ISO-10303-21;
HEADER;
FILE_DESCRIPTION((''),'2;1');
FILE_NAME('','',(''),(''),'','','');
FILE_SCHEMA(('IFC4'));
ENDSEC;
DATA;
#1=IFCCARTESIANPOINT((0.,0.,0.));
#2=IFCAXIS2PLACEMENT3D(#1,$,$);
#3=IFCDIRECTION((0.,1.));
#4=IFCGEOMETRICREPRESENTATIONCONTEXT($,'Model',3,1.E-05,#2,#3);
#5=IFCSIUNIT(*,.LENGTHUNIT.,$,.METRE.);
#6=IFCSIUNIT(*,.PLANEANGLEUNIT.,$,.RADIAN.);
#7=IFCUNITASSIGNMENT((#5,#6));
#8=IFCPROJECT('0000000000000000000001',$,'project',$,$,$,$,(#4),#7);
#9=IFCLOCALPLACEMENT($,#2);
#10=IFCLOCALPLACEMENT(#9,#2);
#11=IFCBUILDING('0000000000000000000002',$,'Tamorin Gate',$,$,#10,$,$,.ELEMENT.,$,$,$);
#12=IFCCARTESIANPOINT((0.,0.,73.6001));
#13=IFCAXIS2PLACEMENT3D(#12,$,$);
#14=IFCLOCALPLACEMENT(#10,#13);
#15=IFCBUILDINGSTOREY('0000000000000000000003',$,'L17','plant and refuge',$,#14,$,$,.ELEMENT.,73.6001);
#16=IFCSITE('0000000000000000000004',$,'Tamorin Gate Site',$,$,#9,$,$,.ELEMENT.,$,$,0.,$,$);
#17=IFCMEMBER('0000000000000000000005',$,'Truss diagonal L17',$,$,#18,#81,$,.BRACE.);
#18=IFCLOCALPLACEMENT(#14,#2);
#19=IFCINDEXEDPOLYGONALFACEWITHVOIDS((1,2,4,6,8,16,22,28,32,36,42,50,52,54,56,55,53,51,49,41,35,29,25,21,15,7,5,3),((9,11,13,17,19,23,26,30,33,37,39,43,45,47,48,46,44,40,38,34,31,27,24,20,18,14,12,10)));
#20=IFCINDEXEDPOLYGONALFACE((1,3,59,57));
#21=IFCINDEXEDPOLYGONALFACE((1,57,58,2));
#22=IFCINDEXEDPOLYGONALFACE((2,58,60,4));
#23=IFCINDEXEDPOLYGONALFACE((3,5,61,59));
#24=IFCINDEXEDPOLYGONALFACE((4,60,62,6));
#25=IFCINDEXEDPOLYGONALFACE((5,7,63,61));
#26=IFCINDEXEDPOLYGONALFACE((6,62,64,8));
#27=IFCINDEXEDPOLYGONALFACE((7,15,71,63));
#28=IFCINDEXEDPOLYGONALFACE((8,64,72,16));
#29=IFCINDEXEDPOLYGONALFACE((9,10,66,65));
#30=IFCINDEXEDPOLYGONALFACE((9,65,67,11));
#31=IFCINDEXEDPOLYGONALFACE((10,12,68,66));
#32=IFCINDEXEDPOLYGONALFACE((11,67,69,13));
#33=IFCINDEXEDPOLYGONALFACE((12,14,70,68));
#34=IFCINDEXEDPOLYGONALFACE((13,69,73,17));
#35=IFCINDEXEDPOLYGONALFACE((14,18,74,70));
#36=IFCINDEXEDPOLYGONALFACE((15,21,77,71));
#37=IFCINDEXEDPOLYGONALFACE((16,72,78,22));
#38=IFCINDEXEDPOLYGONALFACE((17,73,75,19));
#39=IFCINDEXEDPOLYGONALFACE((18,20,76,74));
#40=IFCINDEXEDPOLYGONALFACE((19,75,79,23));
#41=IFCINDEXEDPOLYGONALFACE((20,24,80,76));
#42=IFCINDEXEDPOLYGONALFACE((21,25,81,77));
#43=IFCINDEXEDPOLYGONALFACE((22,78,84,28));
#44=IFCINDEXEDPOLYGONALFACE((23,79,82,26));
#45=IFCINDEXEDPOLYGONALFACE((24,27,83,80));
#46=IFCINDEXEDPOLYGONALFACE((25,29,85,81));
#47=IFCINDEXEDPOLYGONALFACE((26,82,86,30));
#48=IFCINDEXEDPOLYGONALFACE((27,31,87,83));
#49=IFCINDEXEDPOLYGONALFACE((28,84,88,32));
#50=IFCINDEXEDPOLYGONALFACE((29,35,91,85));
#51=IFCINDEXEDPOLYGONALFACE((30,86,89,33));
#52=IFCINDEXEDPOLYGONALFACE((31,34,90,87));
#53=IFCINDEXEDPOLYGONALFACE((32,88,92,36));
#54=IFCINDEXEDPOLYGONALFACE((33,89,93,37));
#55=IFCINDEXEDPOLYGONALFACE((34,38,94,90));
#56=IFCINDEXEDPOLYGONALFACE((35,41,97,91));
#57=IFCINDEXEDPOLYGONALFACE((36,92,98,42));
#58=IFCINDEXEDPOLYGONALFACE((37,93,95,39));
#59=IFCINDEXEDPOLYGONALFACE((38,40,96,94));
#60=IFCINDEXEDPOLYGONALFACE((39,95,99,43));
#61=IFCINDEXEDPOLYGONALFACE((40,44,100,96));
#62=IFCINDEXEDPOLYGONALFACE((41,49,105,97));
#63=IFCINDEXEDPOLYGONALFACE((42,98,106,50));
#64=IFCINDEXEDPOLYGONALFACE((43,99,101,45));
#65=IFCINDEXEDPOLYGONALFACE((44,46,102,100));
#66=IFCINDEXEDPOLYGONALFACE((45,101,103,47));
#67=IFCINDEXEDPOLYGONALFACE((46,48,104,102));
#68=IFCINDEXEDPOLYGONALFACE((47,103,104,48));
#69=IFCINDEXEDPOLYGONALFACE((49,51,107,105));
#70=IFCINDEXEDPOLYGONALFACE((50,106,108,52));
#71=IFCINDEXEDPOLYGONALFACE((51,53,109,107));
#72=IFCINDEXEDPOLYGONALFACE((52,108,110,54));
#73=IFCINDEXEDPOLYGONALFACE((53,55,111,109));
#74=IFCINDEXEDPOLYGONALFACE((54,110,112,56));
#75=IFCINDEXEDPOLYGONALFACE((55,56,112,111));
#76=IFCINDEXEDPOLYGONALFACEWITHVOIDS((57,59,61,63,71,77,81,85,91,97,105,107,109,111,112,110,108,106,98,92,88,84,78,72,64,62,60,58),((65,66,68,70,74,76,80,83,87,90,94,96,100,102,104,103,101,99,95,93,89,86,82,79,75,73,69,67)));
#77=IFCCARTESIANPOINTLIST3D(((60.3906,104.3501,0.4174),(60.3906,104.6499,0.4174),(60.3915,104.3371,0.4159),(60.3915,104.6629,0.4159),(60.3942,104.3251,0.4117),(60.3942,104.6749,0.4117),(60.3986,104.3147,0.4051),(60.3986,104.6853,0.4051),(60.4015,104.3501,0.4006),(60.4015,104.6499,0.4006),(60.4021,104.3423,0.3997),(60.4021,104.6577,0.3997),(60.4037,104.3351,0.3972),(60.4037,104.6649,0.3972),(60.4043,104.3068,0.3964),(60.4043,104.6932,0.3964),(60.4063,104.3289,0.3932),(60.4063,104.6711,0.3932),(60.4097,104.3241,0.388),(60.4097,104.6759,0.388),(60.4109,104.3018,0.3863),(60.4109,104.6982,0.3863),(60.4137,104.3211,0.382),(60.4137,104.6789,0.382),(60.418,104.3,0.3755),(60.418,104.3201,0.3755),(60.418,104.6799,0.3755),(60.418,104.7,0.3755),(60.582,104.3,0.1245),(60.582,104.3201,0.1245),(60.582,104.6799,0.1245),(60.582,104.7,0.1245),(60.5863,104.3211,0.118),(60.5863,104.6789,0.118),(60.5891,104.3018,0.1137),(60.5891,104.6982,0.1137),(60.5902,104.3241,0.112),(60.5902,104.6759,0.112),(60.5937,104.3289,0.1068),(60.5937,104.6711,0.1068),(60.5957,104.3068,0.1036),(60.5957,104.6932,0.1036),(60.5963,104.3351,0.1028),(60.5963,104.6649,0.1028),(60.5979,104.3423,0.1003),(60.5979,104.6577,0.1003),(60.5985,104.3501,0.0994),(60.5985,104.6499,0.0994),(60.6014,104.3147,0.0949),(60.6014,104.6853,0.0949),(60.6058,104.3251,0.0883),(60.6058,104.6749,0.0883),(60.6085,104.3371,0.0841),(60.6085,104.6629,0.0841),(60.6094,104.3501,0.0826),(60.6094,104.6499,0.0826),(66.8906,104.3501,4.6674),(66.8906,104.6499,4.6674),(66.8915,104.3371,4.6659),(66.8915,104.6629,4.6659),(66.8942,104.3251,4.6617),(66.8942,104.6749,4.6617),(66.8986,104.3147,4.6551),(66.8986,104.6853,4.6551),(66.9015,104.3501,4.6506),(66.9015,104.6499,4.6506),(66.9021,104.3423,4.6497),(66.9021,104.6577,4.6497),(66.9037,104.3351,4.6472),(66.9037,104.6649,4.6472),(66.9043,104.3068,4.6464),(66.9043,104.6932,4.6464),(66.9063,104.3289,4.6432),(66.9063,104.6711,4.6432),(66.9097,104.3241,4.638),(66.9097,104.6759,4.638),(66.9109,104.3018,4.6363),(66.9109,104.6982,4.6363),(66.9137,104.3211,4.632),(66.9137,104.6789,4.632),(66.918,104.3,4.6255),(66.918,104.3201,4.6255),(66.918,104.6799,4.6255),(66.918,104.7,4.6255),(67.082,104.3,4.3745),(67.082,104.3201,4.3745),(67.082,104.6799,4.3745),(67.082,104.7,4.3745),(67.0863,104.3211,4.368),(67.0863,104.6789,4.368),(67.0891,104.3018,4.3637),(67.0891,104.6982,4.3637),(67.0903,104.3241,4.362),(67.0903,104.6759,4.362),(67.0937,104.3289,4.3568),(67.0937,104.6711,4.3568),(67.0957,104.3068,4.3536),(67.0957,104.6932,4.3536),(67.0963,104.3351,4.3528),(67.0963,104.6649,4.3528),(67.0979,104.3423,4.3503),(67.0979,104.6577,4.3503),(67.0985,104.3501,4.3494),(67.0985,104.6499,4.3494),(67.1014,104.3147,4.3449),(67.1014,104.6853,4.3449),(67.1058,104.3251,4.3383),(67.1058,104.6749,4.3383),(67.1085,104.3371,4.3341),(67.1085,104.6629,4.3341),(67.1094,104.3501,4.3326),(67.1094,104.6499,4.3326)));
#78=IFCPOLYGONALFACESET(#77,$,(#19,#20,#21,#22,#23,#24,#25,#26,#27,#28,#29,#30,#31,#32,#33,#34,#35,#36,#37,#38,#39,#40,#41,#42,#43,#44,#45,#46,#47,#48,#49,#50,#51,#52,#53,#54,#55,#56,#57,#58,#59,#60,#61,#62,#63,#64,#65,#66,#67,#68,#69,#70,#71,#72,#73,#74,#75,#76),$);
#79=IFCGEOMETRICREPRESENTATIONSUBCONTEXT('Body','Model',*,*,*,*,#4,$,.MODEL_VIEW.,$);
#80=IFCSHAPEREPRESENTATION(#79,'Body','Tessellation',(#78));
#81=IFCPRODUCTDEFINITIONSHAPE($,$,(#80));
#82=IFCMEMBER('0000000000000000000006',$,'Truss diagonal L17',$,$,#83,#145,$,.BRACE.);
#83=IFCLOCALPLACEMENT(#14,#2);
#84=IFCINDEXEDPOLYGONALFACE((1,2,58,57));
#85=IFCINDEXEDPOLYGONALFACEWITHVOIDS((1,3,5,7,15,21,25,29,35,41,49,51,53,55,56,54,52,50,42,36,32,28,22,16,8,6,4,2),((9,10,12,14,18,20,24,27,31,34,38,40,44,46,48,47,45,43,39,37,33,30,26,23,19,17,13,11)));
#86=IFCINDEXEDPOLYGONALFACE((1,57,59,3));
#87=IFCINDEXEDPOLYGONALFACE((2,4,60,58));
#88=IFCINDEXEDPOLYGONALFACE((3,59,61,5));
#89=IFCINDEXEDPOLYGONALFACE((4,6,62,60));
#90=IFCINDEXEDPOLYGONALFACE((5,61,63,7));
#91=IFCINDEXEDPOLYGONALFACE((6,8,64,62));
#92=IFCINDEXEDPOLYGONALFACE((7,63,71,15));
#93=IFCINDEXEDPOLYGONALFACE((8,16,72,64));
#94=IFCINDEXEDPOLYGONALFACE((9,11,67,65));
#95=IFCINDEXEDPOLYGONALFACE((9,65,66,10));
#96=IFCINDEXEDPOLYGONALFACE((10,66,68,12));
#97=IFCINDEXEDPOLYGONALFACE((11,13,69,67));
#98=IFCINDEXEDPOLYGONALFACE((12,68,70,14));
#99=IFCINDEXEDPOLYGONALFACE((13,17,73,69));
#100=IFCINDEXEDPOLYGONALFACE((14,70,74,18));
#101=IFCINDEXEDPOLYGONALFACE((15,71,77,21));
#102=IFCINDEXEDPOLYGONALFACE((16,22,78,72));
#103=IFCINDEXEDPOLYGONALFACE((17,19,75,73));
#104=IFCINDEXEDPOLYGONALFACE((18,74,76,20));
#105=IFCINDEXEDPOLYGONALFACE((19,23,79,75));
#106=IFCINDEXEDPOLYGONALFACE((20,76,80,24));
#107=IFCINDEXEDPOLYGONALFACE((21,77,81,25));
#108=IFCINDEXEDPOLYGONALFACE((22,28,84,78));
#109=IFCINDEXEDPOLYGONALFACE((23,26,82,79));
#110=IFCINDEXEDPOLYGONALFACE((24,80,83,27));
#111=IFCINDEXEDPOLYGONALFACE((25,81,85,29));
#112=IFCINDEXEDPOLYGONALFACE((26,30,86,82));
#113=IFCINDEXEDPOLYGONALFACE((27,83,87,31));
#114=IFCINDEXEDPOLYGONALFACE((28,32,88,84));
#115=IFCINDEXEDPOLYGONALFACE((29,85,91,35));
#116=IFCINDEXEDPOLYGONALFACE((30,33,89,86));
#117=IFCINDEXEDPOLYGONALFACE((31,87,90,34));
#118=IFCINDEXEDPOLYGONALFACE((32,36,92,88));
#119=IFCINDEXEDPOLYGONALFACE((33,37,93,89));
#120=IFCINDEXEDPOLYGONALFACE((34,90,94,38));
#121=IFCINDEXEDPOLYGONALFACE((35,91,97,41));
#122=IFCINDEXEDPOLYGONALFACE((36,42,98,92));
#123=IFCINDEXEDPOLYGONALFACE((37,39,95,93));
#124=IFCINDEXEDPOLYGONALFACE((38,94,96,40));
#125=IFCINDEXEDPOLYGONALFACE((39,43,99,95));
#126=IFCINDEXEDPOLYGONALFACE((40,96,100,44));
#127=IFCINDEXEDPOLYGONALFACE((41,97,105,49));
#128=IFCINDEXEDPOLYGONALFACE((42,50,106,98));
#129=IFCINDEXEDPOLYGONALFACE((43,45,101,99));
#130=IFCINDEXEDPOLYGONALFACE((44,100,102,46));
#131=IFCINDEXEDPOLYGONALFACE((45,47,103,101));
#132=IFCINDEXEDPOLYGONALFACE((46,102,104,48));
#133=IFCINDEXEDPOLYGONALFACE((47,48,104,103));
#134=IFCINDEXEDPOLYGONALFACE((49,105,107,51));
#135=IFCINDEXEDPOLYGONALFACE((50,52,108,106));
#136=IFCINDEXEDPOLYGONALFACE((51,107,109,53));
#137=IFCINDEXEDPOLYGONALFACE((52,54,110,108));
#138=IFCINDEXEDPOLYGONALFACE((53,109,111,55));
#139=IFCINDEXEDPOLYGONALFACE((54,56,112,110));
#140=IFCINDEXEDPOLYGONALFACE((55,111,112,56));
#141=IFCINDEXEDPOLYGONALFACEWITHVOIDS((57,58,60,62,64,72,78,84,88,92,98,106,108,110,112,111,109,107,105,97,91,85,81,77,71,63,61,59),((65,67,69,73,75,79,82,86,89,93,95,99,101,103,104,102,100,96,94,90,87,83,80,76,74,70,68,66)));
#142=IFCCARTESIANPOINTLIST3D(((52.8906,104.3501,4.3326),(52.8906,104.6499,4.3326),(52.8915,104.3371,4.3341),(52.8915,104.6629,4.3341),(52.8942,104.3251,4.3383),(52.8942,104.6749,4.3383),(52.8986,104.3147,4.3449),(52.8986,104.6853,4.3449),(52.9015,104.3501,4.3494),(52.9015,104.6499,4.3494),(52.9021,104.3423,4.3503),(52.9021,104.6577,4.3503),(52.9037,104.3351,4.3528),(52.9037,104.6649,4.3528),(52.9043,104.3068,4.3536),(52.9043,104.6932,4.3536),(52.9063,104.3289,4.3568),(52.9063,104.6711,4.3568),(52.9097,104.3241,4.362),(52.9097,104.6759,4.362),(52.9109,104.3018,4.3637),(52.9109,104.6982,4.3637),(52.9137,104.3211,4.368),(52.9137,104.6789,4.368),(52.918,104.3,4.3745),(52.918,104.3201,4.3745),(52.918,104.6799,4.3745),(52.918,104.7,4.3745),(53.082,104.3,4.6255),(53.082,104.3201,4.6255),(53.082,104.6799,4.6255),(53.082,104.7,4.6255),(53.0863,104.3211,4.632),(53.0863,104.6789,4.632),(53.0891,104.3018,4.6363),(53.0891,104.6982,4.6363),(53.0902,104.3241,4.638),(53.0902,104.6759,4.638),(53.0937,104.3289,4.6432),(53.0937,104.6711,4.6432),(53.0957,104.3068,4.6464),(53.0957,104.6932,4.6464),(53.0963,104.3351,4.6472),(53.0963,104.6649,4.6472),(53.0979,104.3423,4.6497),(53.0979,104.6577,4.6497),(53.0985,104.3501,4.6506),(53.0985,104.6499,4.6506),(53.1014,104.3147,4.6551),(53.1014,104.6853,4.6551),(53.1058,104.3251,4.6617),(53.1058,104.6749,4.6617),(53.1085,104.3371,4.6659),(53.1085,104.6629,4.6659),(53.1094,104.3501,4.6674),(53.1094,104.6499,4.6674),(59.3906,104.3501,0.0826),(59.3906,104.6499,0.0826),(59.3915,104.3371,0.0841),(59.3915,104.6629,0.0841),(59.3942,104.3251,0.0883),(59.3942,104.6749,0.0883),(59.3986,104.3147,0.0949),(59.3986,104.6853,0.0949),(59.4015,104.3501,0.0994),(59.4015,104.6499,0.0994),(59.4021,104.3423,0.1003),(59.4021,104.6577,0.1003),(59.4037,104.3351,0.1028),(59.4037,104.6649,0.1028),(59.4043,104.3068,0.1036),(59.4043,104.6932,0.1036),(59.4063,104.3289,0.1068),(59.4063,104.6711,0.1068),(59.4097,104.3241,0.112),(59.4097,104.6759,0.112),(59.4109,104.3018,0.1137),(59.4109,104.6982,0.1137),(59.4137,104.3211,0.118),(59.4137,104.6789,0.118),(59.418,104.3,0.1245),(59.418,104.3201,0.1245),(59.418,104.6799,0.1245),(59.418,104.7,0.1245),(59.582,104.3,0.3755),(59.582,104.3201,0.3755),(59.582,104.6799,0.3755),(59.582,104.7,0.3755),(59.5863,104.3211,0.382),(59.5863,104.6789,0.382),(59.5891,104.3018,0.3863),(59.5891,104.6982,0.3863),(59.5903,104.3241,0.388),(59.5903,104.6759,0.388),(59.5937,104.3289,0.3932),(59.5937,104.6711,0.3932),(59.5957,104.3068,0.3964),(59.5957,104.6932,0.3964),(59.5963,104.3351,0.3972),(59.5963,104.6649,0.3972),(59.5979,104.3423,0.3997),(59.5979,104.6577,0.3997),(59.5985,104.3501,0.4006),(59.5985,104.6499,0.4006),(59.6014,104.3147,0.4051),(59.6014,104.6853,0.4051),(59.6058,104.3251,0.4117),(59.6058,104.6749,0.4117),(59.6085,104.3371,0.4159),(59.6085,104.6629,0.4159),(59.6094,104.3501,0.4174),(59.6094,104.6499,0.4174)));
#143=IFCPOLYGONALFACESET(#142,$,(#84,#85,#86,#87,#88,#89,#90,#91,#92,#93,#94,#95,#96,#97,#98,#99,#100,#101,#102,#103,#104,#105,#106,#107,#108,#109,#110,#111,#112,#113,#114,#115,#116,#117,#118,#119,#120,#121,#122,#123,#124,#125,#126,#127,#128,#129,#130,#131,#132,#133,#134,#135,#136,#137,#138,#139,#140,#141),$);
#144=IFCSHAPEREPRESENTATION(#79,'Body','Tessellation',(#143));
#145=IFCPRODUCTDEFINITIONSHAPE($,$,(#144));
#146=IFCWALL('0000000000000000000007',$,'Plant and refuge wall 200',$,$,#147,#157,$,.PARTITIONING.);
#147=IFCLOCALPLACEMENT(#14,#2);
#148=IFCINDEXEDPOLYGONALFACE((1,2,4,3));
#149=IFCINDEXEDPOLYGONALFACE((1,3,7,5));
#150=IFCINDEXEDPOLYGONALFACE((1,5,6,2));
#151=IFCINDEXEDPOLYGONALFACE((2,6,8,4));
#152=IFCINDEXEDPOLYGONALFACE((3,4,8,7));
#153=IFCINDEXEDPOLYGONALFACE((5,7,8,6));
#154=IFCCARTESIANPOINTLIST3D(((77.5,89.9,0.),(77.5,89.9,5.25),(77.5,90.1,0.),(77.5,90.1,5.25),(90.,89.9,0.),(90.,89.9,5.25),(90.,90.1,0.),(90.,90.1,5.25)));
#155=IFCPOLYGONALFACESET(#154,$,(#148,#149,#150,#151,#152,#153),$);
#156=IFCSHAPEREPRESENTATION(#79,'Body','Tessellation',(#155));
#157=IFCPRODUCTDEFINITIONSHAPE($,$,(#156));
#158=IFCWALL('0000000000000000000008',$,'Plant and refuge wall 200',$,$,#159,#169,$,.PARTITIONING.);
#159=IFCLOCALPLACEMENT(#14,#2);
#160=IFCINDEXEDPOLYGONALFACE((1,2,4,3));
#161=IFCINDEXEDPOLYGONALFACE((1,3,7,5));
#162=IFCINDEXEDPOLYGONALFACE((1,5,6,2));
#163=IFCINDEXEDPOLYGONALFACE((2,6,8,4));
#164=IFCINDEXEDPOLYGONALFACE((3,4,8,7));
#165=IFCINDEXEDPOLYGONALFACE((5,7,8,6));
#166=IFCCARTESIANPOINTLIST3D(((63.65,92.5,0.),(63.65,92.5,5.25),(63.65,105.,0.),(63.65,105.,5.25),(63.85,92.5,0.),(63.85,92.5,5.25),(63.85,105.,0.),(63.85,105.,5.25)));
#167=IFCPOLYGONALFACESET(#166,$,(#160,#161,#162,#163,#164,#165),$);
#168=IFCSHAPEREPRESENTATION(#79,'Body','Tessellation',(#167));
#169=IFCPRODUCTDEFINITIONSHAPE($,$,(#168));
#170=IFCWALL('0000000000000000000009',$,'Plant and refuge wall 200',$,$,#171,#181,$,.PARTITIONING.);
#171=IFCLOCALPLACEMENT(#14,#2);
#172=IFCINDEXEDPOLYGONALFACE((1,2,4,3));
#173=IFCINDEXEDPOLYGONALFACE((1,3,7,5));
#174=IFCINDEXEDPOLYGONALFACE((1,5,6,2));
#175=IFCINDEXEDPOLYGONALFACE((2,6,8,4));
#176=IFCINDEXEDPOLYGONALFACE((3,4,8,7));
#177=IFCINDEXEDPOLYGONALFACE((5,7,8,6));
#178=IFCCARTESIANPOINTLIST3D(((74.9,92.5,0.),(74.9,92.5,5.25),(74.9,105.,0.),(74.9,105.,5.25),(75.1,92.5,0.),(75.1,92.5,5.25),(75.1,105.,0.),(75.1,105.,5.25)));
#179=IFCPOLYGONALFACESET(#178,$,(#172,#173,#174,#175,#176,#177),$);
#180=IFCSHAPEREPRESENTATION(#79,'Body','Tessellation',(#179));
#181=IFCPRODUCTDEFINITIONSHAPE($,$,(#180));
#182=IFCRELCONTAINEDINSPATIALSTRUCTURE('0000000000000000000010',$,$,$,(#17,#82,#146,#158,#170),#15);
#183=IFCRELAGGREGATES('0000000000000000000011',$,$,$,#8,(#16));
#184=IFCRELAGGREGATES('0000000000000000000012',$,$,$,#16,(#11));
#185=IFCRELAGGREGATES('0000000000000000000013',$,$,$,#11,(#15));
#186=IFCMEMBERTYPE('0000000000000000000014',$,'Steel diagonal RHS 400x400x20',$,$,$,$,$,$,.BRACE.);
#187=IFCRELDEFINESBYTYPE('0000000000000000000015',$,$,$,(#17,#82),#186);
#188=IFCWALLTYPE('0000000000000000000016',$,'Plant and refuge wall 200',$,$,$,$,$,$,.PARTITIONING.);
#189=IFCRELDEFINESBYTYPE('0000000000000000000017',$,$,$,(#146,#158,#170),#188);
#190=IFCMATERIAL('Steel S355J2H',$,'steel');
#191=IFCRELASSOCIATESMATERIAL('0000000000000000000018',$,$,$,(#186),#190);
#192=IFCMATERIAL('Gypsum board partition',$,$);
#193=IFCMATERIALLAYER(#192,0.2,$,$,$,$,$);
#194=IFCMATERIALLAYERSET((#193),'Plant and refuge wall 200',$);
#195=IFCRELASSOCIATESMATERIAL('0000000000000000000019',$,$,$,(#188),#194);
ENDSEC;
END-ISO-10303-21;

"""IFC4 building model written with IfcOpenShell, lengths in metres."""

from ifc_helpers import new_model, si_unit, direction, frame, frame_2d, origin, origin_2d, place, context, subcontext, project, spatial, rectangle, hollow_rectangle, extrude, material, layer, layer_set, material_profile, profile_set, type_object, element, save


model = new_model("IFC4")

# Units and contexts
model_context = context("Model", 3, precision=1e-05, world=origin(), true_north=direction((0.0, 1.0)))
body_context = subcontext(model_context, "Body", "Model", "MODEL_VIEW")
ifc_project = project(units=[si_unit("LENGTHUNIT", "METRE"), si_unit("PLANEANGLEUNIT", "RADIAN")], contexts=[model_context])

# Site, building, storey
site_placement = place(None, origin())
site = spatial("IfcSite", under=ifc_project, at=site_placement, Name="Tamorin Gate Site", CompositionType="ELEMENT", RefElevation=0.0)
building_placement = place(site_placement, origin())
building = spatial("IfcBuilding", under=site, at=building_placement, Name="Tamorin Gate", CompositionType="ELEMENT")
storey_placement = place(building_placement, frame((0.0, 0.0, 73.6001)))
storey = spatial("IfcBuildingStorey", under=building, at=storey_placement, Name="L17", Description="plant and refuge", CompositionType="ELEMENT", Elevation=73.6001)

# Members
ifc_material_1 = material(Name="Steel S355J2H", Category="steel")
ifc_material_profile_1 = material_profile(ifc_material_1, hollow_rectangle(XDim=0.3999, YDim=0.3999, WallThickness=0.02, InnerFilletRadius=0.03, OuterFilletRadius=0.05, at=origin_2d()), Name="RHS 400x400x20")
ifc_profile_set_1 = profile_set([ifc_material_profile_1], Name="Steel S355J2H")
member_type_1 = type_object("IfcMemberType", Name="Steel diagonal RHS 400x400x20", PredefinedType="BRACE", material=ifc_profile_set_1)
for number, where, z_axis, x_axis, name in (
    (1, (67.0, 104.5, 4.5), (-0.83697, 0.0, -0.547249), (0.0, -1.0, 0.0), "Truss diagonal L17"),
    (2, (59.5, 104.5, 0.25), (-0.83697, 0.0, 0.547249), (0.0, -1.0, 0.0), "Truss diagonal L17"),
):
    element("IfcMember", number, at=place(storey_placement, frame(where, z_axis=z_axis, x_axis=x_axis)), inside=storey, type_object=member_type_1, Name=name, PredefinedType="BRACE", context=body_context, shape_type="SweptSolid", body=[
        extrude(hollow_rectangle(XDim=0.3999, YDim=0.3999, WallThickness=0.02, InnerFilletRadius=0.03, OuterFilletRadius=0.05, at=origin_2d()), origin(), (0.0, 0.0, 1.0), 7.7661),
    ])

# Walls
ifc_material_2 = material(Name="Gypsum board partition")
ifc_layer = layer(ifc_material_2, 0.2)
ifc_layer_set = layer_set([ifc_layer], Name="Plant and refuge wall 200")
wall_type = type_object("IfcWallType", Name="Plant and refuge wall 200", PredefinedType="PARTITIONING", material=ifc_layer_set)
for number, where, z_axis, x_axis, name in (
    (3, (77.5, 90.0, 0.0), (0.0, 0.0, 1.0), (1.0, 0.0, 0.0), "Plant and refuge wall 200"),
    (4, (63.75, 92.5, 0.0), (0.0, 0.0, 1.0), (0.0, 1.0, 0.0), "Plant and refuge wall 200"),
    (5, (75.0, 92.5, 0.0), (0.0, 0.0, 1.0), (0.0, 1.0, 0.0), "Plant and refuge wall 200"),
):
    element("IfcWall", number, at=place(storey_placement, frame(where, z_axis=z_axis, x_axis=x_axis)), inside=storey, type_object=wall_type, Name=name, PredefinedType="PARTITIONING", context=body_context, shape_type="SweptSolid", body=[
        extrude(rectangle(XDim=12.5, YDim=0.2, at=frame_2d((6.25, 0.0))), origin(), (0.0, 0.0, 1.0), 5.25),
    ])

save(model, "model.ifc")
